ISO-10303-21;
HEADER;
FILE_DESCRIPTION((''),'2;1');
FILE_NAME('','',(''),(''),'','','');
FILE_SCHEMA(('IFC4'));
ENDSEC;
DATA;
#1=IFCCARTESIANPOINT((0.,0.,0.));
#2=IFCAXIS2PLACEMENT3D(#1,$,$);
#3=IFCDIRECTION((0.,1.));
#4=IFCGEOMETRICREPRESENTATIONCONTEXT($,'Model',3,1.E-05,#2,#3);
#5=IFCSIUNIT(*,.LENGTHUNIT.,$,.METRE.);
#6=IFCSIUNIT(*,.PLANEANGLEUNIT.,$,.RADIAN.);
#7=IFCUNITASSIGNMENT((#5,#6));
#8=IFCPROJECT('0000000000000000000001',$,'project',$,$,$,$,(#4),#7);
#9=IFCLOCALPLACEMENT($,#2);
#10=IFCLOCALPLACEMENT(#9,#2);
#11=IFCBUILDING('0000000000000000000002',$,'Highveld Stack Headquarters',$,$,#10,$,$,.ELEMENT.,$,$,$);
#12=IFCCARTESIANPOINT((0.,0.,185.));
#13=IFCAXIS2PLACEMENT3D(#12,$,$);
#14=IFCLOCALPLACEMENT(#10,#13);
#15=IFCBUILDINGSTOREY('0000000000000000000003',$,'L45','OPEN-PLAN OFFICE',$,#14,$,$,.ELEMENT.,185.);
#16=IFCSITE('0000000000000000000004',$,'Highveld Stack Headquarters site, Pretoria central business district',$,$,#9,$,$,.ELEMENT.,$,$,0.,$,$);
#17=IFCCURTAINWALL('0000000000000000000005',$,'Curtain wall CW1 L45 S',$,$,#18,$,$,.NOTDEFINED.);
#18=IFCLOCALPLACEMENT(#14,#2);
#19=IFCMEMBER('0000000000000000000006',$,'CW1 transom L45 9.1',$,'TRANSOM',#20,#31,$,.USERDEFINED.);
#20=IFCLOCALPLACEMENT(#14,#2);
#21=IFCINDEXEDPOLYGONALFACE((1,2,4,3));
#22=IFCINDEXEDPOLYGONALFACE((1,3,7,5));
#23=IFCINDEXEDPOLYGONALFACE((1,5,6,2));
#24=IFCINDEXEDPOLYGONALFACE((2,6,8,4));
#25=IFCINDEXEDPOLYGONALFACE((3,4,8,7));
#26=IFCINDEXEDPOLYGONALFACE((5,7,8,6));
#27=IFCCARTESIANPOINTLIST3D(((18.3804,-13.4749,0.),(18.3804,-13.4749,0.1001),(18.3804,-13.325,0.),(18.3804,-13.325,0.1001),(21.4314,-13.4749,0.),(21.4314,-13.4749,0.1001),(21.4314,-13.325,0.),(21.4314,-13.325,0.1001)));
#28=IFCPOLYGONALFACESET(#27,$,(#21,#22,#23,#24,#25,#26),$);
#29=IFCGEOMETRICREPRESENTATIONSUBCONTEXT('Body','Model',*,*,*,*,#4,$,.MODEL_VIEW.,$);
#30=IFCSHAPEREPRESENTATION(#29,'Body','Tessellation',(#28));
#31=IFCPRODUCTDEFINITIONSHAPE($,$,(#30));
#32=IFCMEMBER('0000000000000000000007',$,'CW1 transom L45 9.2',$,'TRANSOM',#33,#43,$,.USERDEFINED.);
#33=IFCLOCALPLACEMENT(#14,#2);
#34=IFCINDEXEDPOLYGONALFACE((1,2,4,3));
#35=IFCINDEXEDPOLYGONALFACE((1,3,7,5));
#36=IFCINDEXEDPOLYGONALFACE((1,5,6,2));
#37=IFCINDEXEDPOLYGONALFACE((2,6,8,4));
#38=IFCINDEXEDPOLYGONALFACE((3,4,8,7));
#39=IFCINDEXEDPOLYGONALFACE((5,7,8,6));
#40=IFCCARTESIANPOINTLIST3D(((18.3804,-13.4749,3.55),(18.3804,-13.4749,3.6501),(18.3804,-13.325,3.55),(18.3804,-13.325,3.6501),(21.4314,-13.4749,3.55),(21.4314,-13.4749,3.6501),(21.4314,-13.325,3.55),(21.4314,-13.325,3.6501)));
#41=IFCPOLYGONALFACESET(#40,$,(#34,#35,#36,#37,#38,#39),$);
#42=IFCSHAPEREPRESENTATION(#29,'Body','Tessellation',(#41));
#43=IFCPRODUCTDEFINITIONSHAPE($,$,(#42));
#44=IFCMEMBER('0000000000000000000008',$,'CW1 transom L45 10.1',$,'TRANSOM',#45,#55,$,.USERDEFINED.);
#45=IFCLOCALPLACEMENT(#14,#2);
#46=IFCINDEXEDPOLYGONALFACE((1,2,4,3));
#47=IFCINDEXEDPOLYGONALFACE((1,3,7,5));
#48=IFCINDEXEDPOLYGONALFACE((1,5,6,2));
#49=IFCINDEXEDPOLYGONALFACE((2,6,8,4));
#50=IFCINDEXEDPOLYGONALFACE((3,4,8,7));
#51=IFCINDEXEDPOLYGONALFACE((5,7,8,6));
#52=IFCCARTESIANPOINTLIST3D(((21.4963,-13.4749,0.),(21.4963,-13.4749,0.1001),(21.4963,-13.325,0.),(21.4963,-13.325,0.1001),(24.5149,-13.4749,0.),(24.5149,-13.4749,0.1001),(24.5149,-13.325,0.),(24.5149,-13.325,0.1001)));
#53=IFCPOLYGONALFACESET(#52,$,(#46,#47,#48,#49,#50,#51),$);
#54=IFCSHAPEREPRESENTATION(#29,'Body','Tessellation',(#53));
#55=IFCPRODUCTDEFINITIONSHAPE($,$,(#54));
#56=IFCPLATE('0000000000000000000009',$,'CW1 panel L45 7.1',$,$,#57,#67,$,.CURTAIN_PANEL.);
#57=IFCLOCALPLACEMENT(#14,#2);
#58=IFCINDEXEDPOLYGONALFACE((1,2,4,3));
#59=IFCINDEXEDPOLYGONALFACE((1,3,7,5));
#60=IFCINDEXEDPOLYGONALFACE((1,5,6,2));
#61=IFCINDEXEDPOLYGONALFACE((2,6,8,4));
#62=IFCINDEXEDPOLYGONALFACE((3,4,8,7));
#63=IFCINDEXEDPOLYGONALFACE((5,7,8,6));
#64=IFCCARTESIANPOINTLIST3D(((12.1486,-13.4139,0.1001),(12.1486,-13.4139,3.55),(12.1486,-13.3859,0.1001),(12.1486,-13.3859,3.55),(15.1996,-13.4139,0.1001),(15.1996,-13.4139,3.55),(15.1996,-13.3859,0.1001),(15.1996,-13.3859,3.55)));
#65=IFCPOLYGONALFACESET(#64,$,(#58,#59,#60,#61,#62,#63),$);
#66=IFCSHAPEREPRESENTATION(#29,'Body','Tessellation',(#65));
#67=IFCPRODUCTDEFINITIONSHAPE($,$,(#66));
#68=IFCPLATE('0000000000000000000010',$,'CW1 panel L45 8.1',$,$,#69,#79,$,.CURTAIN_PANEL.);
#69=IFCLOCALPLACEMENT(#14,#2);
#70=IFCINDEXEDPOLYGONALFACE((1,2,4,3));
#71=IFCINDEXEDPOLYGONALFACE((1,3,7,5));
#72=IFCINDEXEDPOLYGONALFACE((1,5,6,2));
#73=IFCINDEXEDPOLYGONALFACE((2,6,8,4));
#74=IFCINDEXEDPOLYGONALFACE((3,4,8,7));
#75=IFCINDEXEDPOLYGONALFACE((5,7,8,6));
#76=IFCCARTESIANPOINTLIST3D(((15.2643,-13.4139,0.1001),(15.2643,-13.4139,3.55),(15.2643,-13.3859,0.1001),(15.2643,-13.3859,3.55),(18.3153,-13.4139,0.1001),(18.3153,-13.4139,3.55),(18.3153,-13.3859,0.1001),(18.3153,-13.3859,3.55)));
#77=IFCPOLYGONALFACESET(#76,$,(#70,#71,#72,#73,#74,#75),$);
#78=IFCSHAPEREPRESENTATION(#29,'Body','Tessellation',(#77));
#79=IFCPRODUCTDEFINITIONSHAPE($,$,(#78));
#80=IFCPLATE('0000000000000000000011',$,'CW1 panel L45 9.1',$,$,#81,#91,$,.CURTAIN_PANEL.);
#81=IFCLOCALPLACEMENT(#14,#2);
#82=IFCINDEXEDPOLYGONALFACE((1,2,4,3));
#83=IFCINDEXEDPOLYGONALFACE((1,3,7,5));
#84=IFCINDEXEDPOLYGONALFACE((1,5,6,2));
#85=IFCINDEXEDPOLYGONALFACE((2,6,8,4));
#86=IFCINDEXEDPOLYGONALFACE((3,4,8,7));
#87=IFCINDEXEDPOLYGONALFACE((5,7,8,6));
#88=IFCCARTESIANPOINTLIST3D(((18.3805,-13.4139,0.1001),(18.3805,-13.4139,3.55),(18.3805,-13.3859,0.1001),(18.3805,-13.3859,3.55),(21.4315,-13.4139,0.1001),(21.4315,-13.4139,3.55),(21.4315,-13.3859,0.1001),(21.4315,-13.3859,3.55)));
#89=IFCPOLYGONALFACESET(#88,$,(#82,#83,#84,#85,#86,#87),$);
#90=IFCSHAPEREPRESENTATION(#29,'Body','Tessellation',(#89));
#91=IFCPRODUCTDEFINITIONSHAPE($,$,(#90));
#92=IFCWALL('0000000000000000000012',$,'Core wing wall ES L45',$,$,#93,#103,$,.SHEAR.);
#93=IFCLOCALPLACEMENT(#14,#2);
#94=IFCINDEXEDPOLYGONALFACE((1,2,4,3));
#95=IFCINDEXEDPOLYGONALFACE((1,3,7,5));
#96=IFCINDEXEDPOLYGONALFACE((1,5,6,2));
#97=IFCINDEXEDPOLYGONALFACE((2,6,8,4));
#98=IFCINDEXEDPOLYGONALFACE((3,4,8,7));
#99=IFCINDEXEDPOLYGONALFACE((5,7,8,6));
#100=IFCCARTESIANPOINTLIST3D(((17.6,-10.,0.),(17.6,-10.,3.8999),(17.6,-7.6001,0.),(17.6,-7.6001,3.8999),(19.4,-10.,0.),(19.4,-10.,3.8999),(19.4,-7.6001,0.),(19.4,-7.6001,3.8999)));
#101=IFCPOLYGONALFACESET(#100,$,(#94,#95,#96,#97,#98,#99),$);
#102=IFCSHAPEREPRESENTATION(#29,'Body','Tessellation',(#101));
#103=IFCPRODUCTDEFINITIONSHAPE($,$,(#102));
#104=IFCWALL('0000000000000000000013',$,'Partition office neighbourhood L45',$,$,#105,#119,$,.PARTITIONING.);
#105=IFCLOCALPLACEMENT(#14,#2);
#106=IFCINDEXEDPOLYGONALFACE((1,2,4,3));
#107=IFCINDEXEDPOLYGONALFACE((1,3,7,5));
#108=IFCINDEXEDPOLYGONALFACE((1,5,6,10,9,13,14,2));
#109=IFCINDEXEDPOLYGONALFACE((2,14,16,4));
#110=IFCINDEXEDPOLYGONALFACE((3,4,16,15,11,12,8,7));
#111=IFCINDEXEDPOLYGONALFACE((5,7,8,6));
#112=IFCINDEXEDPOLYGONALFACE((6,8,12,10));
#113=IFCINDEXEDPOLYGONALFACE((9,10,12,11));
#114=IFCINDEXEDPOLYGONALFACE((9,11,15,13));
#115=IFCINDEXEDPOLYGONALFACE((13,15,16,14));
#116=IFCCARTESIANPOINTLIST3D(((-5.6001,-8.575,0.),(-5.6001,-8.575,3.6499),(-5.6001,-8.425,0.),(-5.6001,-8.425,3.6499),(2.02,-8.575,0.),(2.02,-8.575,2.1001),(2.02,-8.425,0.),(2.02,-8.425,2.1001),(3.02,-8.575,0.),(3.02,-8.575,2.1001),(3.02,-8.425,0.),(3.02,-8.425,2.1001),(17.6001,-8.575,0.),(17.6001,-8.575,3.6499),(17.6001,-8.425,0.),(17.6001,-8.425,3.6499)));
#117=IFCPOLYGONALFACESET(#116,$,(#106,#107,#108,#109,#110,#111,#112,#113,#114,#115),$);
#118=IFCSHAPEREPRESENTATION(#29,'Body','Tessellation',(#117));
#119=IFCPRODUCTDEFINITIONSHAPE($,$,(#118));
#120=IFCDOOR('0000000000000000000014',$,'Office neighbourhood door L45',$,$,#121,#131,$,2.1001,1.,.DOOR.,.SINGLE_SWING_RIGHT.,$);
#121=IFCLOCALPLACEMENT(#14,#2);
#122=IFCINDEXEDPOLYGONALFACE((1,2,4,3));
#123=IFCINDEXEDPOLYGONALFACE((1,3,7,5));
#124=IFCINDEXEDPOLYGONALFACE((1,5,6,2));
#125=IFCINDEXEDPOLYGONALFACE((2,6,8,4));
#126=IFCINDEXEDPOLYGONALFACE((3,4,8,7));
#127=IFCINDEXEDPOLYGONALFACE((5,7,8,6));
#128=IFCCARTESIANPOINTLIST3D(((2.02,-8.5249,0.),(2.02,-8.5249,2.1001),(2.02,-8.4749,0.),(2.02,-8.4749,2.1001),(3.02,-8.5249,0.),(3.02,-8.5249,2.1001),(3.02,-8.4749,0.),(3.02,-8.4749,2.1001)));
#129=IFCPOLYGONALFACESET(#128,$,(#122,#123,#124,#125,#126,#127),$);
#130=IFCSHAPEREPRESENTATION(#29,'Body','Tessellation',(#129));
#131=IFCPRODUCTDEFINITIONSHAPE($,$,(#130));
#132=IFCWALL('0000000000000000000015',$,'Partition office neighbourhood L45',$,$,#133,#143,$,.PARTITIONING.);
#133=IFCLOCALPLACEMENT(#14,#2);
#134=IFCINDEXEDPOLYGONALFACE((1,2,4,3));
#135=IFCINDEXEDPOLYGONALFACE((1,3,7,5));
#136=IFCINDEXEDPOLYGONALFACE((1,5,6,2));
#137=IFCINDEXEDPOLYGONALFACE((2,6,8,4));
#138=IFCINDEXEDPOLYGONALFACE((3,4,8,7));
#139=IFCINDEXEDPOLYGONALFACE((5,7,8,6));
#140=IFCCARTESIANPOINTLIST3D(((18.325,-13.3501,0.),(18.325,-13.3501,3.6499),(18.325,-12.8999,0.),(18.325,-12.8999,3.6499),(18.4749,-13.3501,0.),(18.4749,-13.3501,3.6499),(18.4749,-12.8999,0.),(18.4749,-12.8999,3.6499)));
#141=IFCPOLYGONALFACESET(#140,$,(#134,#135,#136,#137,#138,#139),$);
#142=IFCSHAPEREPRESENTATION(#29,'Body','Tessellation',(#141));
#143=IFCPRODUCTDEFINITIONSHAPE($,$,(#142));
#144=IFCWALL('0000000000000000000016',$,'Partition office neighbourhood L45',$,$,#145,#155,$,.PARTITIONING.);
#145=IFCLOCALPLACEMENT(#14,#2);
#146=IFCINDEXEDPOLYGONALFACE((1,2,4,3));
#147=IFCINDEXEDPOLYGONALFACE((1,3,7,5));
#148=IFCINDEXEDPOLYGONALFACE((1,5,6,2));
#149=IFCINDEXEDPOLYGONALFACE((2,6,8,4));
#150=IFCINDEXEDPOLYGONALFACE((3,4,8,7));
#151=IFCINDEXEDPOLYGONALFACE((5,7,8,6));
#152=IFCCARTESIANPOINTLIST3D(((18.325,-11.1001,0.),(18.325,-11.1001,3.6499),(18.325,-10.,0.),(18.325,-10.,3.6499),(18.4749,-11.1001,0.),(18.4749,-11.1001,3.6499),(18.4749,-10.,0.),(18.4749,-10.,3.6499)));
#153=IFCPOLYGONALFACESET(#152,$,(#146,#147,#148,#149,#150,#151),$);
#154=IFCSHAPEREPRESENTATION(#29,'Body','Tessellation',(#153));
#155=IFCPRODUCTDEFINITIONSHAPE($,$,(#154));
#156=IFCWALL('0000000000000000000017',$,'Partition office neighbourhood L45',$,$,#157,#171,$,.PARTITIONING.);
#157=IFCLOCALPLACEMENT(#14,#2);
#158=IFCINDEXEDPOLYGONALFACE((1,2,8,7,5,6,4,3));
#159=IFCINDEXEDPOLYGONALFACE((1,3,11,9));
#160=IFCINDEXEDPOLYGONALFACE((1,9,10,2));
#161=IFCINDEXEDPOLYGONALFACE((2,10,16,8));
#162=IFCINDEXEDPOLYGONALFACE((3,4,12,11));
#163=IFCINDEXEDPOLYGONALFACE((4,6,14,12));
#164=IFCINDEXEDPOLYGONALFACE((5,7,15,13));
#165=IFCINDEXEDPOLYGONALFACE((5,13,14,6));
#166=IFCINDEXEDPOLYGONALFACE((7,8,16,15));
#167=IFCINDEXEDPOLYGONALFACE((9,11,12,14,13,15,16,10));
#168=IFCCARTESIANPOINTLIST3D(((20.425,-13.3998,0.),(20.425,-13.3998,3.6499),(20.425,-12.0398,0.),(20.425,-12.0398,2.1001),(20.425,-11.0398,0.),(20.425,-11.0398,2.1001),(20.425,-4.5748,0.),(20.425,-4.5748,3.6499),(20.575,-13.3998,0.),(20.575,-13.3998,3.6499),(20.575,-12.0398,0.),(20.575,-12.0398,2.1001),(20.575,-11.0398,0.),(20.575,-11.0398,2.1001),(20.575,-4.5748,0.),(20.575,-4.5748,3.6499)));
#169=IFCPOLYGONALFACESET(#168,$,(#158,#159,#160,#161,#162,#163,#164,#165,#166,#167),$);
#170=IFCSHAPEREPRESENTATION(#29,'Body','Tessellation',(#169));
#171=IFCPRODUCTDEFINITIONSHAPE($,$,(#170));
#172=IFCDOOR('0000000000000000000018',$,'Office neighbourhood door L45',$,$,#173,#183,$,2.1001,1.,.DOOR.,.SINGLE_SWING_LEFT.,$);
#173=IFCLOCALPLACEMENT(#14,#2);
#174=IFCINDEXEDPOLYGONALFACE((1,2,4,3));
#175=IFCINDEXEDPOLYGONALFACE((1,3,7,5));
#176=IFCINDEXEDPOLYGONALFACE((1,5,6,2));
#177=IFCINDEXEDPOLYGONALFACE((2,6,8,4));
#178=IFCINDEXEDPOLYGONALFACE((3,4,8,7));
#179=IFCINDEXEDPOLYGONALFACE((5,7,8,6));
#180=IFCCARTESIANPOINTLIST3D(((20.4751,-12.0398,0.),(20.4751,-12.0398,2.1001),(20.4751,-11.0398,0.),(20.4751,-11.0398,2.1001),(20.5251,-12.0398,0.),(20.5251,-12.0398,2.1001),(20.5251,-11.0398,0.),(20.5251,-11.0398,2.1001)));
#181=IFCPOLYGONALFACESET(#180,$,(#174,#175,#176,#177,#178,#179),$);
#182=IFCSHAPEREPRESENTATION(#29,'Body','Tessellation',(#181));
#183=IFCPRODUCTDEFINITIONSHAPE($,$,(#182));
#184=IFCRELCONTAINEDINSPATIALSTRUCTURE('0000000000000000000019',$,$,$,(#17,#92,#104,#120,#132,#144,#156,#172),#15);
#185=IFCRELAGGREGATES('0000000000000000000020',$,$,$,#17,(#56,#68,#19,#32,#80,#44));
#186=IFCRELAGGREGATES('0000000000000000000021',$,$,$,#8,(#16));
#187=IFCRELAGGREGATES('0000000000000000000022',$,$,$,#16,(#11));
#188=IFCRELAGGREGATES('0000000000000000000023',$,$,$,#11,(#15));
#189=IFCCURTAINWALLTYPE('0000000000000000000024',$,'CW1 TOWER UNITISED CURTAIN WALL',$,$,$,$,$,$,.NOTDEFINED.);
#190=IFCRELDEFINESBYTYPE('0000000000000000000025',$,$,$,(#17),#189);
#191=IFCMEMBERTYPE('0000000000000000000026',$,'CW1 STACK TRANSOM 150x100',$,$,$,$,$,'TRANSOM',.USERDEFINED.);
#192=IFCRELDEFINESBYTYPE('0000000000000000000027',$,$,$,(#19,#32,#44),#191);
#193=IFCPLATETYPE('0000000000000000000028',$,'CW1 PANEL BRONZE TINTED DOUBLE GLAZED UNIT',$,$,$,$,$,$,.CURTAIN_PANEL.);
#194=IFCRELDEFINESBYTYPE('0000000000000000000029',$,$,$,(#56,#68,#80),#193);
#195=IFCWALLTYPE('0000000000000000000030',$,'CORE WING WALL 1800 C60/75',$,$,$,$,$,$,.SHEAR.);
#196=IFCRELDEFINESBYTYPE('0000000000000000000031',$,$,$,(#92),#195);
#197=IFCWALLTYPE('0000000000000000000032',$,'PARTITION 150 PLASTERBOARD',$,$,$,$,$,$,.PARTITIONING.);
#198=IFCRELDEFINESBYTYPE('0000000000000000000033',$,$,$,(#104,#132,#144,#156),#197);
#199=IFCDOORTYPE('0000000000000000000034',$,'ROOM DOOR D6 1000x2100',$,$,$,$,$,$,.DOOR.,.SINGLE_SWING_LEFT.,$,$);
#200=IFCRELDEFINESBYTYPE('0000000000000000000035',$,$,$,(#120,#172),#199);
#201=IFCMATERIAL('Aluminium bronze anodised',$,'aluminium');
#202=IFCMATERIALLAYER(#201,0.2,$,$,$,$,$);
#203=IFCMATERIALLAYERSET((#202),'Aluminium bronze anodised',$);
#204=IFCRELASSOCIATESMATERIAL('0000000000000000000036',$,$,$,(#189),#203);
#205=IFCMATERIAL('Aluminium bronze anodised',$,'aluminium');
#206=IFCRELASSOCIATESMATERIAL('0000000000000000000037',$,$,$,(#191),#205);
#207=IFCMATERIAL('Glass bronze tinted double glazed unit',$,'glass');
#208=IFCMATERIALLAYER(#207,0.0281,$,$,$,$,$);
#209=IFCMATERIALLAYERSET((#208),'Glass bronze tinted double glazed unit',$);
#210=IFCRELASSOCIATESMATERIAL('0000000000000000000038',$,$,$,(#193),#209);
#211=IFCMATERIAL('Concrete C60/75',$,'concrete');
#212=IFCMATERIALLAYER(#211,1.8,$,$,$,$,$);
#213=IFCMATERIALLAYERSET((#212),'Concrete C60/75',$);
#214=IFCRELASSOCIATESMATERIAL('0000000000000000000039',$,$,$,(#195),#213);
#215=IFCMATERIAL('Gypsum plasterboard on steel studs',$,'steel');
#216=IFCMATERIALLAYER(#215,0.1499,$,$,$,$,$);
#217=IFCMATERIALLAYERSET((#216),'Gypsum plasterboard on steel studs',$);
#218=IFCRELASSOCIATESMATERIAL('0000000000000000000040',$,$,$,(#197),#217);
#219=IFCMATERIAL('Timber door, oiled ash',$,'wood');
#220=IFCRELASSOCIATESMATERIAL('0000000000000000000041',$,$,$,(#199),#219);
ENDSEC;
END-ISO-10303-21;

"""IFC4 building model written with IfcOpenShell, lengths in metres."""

from ifc_helpers import new_model, si_unit, direction, frame, frame_2d, origin, origin_2d, place, context, subcontext, project, spatial, rectangle, extrude, material, layer, layer_set, material_profile, profile_set, type_object, element, fill, aggregate, save


model = new_model("IFC4")

# Units and contexts
model_context = context("Model", 3, precision=1e-05, world=origin(), true_north=direction((0.0, 1.0)))
body_context = subcontext(model_context, "Body", "Model", "MODEL_VIEW")
ifc_project = project(units=[si_unit("LENGTHUNIT", "METRE"), si_unit("PLANEANGLEUNIT", "RADIAN")], contexts=[model_context])

# Site, building, storey
site_placement = place(None, origin())
site = spatial("IfcSite", under=ifc_project, at=site_placement, Name="Highveld Stack Headquarters site, Pretoria central business district", CompositionType="ELEMENT", RefElevation=0.0)
building_placement = place(site_placement, origin())
building = spatial("IfcBuilding", under=site, at=building_placement, Name="Highveld Stack Headquarters", CompositionType="ELEMENT")
storey_placement = place(building_placement, frame((0.0, 0.0, 185.0)))
storey = spatial("IfcBuildingStorey", under=building, at=storey_placement, Name="L45", Description="OPEN-PLAN OFFICE", CompositionType="ELEMENT", Elevation=185.0)

# Curtain wall, members, plates
ifc_material_1 = material(Name="Aluminium bronze anodised", Category="aluminium")
ifc_layer_1 = layer(ifc_material_1, 0.2)
ifc_layer_set_1 = layer_set([ifc_layer_1], Name="Aluminium bronze anodised")
curtain_wall_type = type_object("IfcCurtainWallType", Name="CW1 TOWER UNITISED CURTAIN WALL", PredefinedType="NOTDEFINED", material=ifc_layer_set_1)
curtain_wall_placement = place(storey_placement, origin())
curtain_wall = element("IfcCurtainWall", 1, at=curtain_wall_placement, inside=storey, type_object=curtain_wall_type, Name="Curtain wall CW1 L45 S", PredefinedType="NOTDEFINED")
ifc_material_2 = material(Name="Aluminium bronze anodised", Category="aluminium")
ifc_material_profile_1 = material_profile(ifc_material_2, rectangle(XDim=0.1499, YDim=0.1001, at=origin_2d()), Name="CW1 TRANSOM 150x100")
ifc_profile_set_1 = profile_set([ifc_material_profile_1], Name="Aluminium bronze anodised")
member_type_1 = type_object("IfcMemberType", Name="CW1 STACK TRANSOM 150x100", ElementType="TRANSOM", PredefinedType="USERDEFINED", material=ifc_profile_set_1)
member_1_placement = place(storey_placement, frame((18.3804, -13.3999, 0.05), z_axis=(1.0, 0.0, 0.0), x_axis=(0.0, 1.0, 0.0)))
member_1 = element("IfcMember", 2, at=member_1_placement, type_object=member_type_1, Name="CW1 transom L45 9.1", ObjectType="TRANSOM", PredefinedType="USERDEFINED", context=body_context, shape_type="SweptSolid", body=[
    extrude(rectangle(XDim=0.1499, YDim=0.1001, at=origin_2d()), origin(), (0.0, 0.0, 1.0), 3.051),
])
member_2_placement = place(storey_placement, frame((18.3804, -13.3999, 3.6001), z_axis=(1.0, 0.0, 0.0), x_axis=(0.0, 1.0, 0.0)))
member_2 = element("IfcMember", 3, at=member_2_placement, type_object=member_type_1, Name="CW1 transom L45 9.2", ObjectType="TRANSOM", PredefinedType="USERDEFINED", context=body_context, shape_type="SweptSolid", body=[
    extrude(rectangle(XDim=0.1499, YDim=0.1001, at=origin_2d()), origin(), (0.0, 0.0, 1.0), 3.051),
])
member_3_placement = place(storey_placement, frame((21.4963, -13.3999, 0.05), z_axis=(1.0, 0.0, 0.0), x_axis=(0.0, 1.0, 0.0)))
member_3 = element("IfcMember", 4, at=member_3_placement, type_object=member_type_1, Name="CW1 transom L45 10.1", ObjectType="TRANSOM", PredefinedType="USERDEFINED", context=body_context, shape_type="SweptSolid", body=[
    extrude(rectangle(XDim=0.1499, YDim=0.1001, at=origin_2d()), origin(), (0.0, 0.0, 1.0), 3.0186),
])
ifc_material_3 = material(Name="Glass bronze tinted double glazed unit", Category="glass")
ifc_layer_2 = layer(ifc_material_3, 0.0281)
ifc_layer_set_2 = layer_set([ifc_layer_2], Name="Glass bronze tinted double glazed unit")
plate_type = type_object("IfcPlateType", Name="CW1 PANEL BRONZE TINTED DOUBLE GLAZED UNIT", PredefinedType="CURTAIN_PANEL", material=ifc_layer_set_2)
plate_1_placement = place(storey_placement, frame((13.6741, -13.3999, 0.1001), z_axis=(0.0, 0.0, 1.0), x_axis=(1.0, 0.0, 0.0)))
plate_1 = element("IfcPlate", 5, at=plate_1_placement, type_object=plate_type, Name="CW1 panel L45 7.1", PredefinedType="CURTAIN_PANEL", context=body_context, shape_type="SweptSolid", body=[
    extrude(rectangle(XDim=3.051, YDim=0.0281, at=origin_2d()), origin(), (0.0, 0.0, 1.0), 3.45),
])
plate_2_placement = place(storey_placement, frame((16.7898, -13.3999, 0.1001), z_axis=(0.0, 0.0, 1.0), x_axis=(1.0, 0.0, 0.0)))
plate_2 = element("IfcPlate", 6, at=plate_2_placement, type_object=plate_type, Name="CW1 panel L45 8.1", PredefinedType="CURTAIN_PANEL", context=body_context, shape_type="SweptSolid", body=[
    extrude(rectangle(XDim=3.051, YDim=0.0281, at=origin_2d()), origin(), (0.0, 0.0, 1.0), 3.45),
])
plate_3_placement = place(storey_placement, frame((19.906, -13.3999, 0.1001), z_axis=(0.0, 0.0, 1.0), x_axis=(1.0, 0.0, 0.0)))
plate_3 = element("IfcPlate", 7, at=plate_3_placement, type_object=plate_type, Name="CW1 panel L45 9.1", PredefinedType="CURTAIN_PANEL", context=body_context, shape_type="SweptSolid", body=[
    extrude(rectangle(XDim=3.051, YDim=0.0281, at=origin_2d()), origin(), (0.0, 0.0, 1.0), 3.45),
])
aggregate(curtain_wall, [plate_1, plate_2, member_1, member_2, plate_3, member_3])

# Wall
ifc_material_4 = material(Name="Concrete C60/75", Category="concrete")
ifc_layer_3 = layer(ifc_material_4, 1.8)
ifc_layer_set_3 = layer_set([ifc_layer_3], Name="Concrete C60/75")
wall_type_1 = type_object("IfcWallType", Name="CORE WING WALL 1800 C60/75", PredefinedType="SHEAR", material=ifc_layer_set_3)
wall_1_placement = place(storey_placement, frame((18.5, -10.0, 0.0), z_axis=(0.0, 0.0, 1.0), x_axis=(0.0, 1.0, 0.0)))
element("IfcWall", 8, at=wall_1_placement, inside=storey, type_object=wall_type_1, Name="Core wing wall ES L45", PredefinedType="SHEAR", context=body_context, shape_type="SweptSolid", body=[
    extrude(rectangle(XDim=2.3999, YDim=1.8, at=frame_2d((1.2, 0.0))), origin(), (0.0, 0.0, 1.0), 3.8999),
])

# Wall, opening, door
ifc_material_5 = material(Name="Gypsum plasterboard on steel studs", Category="steel")
ifc_layer_4 = layer(ifc_material_5, 0.1499)
ifc_layer_set_4 = layer_set([ifc_layer_4], Name="Gypsum plasterboard on steel studs")
wall_type_2 = type_object("IfcWallType", Name="PARTITION 150 PLASTERBOARD", PredefinedType="PARTITIONING", material=ifc_layer_set_4)
wall_2_placement = place(storey_placement, frame((17.6001, -8.5, 0.0), z_axis=(0.0, 0.0, 1.0), x_axis=(-1.0, 0.0, 0.0)))
wall_2 = element("IfcWall", 9, at=wall_2_placement, inside=storey, type_object=wall_type_2, Name="Partition office neighbourhood L45", PredefinedType="PARTITIONING", context=body_context, shape_type="SweptSolid", body=[
    extrude(rectangle(XDim=23.2002, YDim=0.1499, at=frame_2d((11.6001, 0.0))), origin(), (0.0, 0.0, 1.0), 3.6499),
])
opening_1_placement = place(wall_2_placement, frame((14.5801, 0.0, 0.0)))
opening_1 = element("IfcOpeningElement", 10, at=opening_1_placement, cuts=wall_2, PredefinedType="OPENING", context=body_context, shape_type="SweptSolid", body=[
    extrude(rectangle(XDim=1.0, YDim=2.1001, at=frame_2d((0.5, 1.05))), frame((0.0, 0.085, 0.0), z_axis=(0.0, -1.0, 0.0), x_axis=(1.0, 0.0, 0.0)), (0.0, 0.0, 1.0), 0.1699),
])
ifc_material_6 = material(Name="Timber door, oiled ash", Category="wood")
door_type_1 = type_object("IfcDoorType", Name="ROOM DOOR D6 1000x2100", OperationType="SINGLE_SWING_LEFT", PredefinedType="DOOR", material=ifc_material_6)
door_1_placement = place(opening_1_placement, origin())
door_1 = element("IfcDoor", 11, at=door_1_placement, inside=storey, type_object=door_type_1, Name="Office neighbourhood door L45", OperationType="SINGLE_SWING_RIGHT", OverallHeight=2.1001, OverallWidth=1.0, PredefinedType="DOOR", context=body_context, shape_type="SweptSolid", body=[
    extrude(rectangle(XDim=1.0, YDim=2.1001, at=frame_2d((0.5, 1.05))), frame((0.0, 0.0249, 0.0), z_axis=(0.0, -1.0, 0.0), x_axis=(1.0, 0.0, 0.0)), (0.0, 0.0, 1.0), 0.05),
])
fill(opening_1, door_1)

# Walls
wall_3_placement = place(storey_placement, frame((18.3999, -13.3501, 0.0), z_axis=(0.0, 0.0, 1.0), x_axis=(0.0, 1.0, 0.0)))
element("IfcWall", 12, at=wall_3_placement, inside=storey, type_object=wall_type_2, Name="Partition office neighbourhood L45", PredefinedType="PARTITIONING", context=body_context, shape_type="SweptSolid", body=[
    extrude(rectangle(XDim=0.4502, YDim=0.1499, at=frame_2d((0.2251, 0.0))), origin(), (0.0, 0.0, 1.0), 3.6499),
])
wall_4_placement = place(storey_placement, frame((18.3999, -11.1001, 0.0), z_axis=(0.0, 0.0, 1.0), x_axis=(0.0, 1.0, 0.0)))
element("IfcWall", 13, at=wall_4_placement, inside=storey, type_object=wall_type_2, Name="Partition office neighbourhood L45", PredefinedType="PARTITIONING", context=body_context, shape_type="SweptSolid", body=[
    extrude(rectangle(XDim=1.1001, YDim=0.1499, at=frame_2d((0.55, 0.0))), origin(), (0.0, 0.0, 1.0), 3.6499),
])

# Wall, opening, door
wall_5_placement = place(storey_placement, frame((20.5, -13.3999, 0.0), z_axis=(0.0, 0.0, 1.0), x_axis=(0.0, 1.0, 0.0)))
wall_5 = element("IfcWall", 14, at=wall_5_placement, inside=storey, type_object=wall_type_2, Name="Partition office neighbourhood L45", PredefinedType="PARTITIONING", context=body_context, shape_type="SweptSolid", body=[
    extrude(rectangle(XDim=8.825, YDim=0.1499, at=frame_2d((4.4126, 0.0))), origin(), (0.0, 0.0, 1.0), 3.6499),
])
opening_2_placement = place(wall_5_placement, frame((1.3601, 0.0, 0.0)))
opening_2 = element("IfcOpeningElement", 15, at=opening_2_placement, cuts=wall_5, PredefinedType="OPENING", context=body_context, shape_type="SweptSolid", body=[
    extrude(rectangle(XDim=1.0, YDim=2.1001, at=frame_2d((0.5, 1.05))), frame((0.0, 0.085, 0.0), z_axis=(0.0, -1.0, 0.0), x_axis=(1.0, 0.0, 0.0)), (0.0, 0.0, 1.0), 0.1699),
])
door_2_placement = place(opening_2_placement, origin())
door_2 = element("IfcDoor", 16, at=door_2_placement, inside=storey, type_object=door_type_1, Name="Office neighbourhood door L45", OperationType="SINGLE_SWING_LEFT", OverallHeight=2.1001, OverallWidth=1.0, PredefinedType="DOOR", context=body_context, shape_type="SweptSolid", body=[
    extrude(rectangle(XDim=1.0, YDim=2.1001, at=frame_2d((0.5, 1.05))), frame((0.0, 0.0249, 0.0), z_axis=(0.0, -1.0, 0.0), x_axis=(1.0, 0.0, 0.0)), (0.0, 0.0, 1.0), 0.05),
])
fill(opening_2, door_2)

save(model, "model.ifc")
